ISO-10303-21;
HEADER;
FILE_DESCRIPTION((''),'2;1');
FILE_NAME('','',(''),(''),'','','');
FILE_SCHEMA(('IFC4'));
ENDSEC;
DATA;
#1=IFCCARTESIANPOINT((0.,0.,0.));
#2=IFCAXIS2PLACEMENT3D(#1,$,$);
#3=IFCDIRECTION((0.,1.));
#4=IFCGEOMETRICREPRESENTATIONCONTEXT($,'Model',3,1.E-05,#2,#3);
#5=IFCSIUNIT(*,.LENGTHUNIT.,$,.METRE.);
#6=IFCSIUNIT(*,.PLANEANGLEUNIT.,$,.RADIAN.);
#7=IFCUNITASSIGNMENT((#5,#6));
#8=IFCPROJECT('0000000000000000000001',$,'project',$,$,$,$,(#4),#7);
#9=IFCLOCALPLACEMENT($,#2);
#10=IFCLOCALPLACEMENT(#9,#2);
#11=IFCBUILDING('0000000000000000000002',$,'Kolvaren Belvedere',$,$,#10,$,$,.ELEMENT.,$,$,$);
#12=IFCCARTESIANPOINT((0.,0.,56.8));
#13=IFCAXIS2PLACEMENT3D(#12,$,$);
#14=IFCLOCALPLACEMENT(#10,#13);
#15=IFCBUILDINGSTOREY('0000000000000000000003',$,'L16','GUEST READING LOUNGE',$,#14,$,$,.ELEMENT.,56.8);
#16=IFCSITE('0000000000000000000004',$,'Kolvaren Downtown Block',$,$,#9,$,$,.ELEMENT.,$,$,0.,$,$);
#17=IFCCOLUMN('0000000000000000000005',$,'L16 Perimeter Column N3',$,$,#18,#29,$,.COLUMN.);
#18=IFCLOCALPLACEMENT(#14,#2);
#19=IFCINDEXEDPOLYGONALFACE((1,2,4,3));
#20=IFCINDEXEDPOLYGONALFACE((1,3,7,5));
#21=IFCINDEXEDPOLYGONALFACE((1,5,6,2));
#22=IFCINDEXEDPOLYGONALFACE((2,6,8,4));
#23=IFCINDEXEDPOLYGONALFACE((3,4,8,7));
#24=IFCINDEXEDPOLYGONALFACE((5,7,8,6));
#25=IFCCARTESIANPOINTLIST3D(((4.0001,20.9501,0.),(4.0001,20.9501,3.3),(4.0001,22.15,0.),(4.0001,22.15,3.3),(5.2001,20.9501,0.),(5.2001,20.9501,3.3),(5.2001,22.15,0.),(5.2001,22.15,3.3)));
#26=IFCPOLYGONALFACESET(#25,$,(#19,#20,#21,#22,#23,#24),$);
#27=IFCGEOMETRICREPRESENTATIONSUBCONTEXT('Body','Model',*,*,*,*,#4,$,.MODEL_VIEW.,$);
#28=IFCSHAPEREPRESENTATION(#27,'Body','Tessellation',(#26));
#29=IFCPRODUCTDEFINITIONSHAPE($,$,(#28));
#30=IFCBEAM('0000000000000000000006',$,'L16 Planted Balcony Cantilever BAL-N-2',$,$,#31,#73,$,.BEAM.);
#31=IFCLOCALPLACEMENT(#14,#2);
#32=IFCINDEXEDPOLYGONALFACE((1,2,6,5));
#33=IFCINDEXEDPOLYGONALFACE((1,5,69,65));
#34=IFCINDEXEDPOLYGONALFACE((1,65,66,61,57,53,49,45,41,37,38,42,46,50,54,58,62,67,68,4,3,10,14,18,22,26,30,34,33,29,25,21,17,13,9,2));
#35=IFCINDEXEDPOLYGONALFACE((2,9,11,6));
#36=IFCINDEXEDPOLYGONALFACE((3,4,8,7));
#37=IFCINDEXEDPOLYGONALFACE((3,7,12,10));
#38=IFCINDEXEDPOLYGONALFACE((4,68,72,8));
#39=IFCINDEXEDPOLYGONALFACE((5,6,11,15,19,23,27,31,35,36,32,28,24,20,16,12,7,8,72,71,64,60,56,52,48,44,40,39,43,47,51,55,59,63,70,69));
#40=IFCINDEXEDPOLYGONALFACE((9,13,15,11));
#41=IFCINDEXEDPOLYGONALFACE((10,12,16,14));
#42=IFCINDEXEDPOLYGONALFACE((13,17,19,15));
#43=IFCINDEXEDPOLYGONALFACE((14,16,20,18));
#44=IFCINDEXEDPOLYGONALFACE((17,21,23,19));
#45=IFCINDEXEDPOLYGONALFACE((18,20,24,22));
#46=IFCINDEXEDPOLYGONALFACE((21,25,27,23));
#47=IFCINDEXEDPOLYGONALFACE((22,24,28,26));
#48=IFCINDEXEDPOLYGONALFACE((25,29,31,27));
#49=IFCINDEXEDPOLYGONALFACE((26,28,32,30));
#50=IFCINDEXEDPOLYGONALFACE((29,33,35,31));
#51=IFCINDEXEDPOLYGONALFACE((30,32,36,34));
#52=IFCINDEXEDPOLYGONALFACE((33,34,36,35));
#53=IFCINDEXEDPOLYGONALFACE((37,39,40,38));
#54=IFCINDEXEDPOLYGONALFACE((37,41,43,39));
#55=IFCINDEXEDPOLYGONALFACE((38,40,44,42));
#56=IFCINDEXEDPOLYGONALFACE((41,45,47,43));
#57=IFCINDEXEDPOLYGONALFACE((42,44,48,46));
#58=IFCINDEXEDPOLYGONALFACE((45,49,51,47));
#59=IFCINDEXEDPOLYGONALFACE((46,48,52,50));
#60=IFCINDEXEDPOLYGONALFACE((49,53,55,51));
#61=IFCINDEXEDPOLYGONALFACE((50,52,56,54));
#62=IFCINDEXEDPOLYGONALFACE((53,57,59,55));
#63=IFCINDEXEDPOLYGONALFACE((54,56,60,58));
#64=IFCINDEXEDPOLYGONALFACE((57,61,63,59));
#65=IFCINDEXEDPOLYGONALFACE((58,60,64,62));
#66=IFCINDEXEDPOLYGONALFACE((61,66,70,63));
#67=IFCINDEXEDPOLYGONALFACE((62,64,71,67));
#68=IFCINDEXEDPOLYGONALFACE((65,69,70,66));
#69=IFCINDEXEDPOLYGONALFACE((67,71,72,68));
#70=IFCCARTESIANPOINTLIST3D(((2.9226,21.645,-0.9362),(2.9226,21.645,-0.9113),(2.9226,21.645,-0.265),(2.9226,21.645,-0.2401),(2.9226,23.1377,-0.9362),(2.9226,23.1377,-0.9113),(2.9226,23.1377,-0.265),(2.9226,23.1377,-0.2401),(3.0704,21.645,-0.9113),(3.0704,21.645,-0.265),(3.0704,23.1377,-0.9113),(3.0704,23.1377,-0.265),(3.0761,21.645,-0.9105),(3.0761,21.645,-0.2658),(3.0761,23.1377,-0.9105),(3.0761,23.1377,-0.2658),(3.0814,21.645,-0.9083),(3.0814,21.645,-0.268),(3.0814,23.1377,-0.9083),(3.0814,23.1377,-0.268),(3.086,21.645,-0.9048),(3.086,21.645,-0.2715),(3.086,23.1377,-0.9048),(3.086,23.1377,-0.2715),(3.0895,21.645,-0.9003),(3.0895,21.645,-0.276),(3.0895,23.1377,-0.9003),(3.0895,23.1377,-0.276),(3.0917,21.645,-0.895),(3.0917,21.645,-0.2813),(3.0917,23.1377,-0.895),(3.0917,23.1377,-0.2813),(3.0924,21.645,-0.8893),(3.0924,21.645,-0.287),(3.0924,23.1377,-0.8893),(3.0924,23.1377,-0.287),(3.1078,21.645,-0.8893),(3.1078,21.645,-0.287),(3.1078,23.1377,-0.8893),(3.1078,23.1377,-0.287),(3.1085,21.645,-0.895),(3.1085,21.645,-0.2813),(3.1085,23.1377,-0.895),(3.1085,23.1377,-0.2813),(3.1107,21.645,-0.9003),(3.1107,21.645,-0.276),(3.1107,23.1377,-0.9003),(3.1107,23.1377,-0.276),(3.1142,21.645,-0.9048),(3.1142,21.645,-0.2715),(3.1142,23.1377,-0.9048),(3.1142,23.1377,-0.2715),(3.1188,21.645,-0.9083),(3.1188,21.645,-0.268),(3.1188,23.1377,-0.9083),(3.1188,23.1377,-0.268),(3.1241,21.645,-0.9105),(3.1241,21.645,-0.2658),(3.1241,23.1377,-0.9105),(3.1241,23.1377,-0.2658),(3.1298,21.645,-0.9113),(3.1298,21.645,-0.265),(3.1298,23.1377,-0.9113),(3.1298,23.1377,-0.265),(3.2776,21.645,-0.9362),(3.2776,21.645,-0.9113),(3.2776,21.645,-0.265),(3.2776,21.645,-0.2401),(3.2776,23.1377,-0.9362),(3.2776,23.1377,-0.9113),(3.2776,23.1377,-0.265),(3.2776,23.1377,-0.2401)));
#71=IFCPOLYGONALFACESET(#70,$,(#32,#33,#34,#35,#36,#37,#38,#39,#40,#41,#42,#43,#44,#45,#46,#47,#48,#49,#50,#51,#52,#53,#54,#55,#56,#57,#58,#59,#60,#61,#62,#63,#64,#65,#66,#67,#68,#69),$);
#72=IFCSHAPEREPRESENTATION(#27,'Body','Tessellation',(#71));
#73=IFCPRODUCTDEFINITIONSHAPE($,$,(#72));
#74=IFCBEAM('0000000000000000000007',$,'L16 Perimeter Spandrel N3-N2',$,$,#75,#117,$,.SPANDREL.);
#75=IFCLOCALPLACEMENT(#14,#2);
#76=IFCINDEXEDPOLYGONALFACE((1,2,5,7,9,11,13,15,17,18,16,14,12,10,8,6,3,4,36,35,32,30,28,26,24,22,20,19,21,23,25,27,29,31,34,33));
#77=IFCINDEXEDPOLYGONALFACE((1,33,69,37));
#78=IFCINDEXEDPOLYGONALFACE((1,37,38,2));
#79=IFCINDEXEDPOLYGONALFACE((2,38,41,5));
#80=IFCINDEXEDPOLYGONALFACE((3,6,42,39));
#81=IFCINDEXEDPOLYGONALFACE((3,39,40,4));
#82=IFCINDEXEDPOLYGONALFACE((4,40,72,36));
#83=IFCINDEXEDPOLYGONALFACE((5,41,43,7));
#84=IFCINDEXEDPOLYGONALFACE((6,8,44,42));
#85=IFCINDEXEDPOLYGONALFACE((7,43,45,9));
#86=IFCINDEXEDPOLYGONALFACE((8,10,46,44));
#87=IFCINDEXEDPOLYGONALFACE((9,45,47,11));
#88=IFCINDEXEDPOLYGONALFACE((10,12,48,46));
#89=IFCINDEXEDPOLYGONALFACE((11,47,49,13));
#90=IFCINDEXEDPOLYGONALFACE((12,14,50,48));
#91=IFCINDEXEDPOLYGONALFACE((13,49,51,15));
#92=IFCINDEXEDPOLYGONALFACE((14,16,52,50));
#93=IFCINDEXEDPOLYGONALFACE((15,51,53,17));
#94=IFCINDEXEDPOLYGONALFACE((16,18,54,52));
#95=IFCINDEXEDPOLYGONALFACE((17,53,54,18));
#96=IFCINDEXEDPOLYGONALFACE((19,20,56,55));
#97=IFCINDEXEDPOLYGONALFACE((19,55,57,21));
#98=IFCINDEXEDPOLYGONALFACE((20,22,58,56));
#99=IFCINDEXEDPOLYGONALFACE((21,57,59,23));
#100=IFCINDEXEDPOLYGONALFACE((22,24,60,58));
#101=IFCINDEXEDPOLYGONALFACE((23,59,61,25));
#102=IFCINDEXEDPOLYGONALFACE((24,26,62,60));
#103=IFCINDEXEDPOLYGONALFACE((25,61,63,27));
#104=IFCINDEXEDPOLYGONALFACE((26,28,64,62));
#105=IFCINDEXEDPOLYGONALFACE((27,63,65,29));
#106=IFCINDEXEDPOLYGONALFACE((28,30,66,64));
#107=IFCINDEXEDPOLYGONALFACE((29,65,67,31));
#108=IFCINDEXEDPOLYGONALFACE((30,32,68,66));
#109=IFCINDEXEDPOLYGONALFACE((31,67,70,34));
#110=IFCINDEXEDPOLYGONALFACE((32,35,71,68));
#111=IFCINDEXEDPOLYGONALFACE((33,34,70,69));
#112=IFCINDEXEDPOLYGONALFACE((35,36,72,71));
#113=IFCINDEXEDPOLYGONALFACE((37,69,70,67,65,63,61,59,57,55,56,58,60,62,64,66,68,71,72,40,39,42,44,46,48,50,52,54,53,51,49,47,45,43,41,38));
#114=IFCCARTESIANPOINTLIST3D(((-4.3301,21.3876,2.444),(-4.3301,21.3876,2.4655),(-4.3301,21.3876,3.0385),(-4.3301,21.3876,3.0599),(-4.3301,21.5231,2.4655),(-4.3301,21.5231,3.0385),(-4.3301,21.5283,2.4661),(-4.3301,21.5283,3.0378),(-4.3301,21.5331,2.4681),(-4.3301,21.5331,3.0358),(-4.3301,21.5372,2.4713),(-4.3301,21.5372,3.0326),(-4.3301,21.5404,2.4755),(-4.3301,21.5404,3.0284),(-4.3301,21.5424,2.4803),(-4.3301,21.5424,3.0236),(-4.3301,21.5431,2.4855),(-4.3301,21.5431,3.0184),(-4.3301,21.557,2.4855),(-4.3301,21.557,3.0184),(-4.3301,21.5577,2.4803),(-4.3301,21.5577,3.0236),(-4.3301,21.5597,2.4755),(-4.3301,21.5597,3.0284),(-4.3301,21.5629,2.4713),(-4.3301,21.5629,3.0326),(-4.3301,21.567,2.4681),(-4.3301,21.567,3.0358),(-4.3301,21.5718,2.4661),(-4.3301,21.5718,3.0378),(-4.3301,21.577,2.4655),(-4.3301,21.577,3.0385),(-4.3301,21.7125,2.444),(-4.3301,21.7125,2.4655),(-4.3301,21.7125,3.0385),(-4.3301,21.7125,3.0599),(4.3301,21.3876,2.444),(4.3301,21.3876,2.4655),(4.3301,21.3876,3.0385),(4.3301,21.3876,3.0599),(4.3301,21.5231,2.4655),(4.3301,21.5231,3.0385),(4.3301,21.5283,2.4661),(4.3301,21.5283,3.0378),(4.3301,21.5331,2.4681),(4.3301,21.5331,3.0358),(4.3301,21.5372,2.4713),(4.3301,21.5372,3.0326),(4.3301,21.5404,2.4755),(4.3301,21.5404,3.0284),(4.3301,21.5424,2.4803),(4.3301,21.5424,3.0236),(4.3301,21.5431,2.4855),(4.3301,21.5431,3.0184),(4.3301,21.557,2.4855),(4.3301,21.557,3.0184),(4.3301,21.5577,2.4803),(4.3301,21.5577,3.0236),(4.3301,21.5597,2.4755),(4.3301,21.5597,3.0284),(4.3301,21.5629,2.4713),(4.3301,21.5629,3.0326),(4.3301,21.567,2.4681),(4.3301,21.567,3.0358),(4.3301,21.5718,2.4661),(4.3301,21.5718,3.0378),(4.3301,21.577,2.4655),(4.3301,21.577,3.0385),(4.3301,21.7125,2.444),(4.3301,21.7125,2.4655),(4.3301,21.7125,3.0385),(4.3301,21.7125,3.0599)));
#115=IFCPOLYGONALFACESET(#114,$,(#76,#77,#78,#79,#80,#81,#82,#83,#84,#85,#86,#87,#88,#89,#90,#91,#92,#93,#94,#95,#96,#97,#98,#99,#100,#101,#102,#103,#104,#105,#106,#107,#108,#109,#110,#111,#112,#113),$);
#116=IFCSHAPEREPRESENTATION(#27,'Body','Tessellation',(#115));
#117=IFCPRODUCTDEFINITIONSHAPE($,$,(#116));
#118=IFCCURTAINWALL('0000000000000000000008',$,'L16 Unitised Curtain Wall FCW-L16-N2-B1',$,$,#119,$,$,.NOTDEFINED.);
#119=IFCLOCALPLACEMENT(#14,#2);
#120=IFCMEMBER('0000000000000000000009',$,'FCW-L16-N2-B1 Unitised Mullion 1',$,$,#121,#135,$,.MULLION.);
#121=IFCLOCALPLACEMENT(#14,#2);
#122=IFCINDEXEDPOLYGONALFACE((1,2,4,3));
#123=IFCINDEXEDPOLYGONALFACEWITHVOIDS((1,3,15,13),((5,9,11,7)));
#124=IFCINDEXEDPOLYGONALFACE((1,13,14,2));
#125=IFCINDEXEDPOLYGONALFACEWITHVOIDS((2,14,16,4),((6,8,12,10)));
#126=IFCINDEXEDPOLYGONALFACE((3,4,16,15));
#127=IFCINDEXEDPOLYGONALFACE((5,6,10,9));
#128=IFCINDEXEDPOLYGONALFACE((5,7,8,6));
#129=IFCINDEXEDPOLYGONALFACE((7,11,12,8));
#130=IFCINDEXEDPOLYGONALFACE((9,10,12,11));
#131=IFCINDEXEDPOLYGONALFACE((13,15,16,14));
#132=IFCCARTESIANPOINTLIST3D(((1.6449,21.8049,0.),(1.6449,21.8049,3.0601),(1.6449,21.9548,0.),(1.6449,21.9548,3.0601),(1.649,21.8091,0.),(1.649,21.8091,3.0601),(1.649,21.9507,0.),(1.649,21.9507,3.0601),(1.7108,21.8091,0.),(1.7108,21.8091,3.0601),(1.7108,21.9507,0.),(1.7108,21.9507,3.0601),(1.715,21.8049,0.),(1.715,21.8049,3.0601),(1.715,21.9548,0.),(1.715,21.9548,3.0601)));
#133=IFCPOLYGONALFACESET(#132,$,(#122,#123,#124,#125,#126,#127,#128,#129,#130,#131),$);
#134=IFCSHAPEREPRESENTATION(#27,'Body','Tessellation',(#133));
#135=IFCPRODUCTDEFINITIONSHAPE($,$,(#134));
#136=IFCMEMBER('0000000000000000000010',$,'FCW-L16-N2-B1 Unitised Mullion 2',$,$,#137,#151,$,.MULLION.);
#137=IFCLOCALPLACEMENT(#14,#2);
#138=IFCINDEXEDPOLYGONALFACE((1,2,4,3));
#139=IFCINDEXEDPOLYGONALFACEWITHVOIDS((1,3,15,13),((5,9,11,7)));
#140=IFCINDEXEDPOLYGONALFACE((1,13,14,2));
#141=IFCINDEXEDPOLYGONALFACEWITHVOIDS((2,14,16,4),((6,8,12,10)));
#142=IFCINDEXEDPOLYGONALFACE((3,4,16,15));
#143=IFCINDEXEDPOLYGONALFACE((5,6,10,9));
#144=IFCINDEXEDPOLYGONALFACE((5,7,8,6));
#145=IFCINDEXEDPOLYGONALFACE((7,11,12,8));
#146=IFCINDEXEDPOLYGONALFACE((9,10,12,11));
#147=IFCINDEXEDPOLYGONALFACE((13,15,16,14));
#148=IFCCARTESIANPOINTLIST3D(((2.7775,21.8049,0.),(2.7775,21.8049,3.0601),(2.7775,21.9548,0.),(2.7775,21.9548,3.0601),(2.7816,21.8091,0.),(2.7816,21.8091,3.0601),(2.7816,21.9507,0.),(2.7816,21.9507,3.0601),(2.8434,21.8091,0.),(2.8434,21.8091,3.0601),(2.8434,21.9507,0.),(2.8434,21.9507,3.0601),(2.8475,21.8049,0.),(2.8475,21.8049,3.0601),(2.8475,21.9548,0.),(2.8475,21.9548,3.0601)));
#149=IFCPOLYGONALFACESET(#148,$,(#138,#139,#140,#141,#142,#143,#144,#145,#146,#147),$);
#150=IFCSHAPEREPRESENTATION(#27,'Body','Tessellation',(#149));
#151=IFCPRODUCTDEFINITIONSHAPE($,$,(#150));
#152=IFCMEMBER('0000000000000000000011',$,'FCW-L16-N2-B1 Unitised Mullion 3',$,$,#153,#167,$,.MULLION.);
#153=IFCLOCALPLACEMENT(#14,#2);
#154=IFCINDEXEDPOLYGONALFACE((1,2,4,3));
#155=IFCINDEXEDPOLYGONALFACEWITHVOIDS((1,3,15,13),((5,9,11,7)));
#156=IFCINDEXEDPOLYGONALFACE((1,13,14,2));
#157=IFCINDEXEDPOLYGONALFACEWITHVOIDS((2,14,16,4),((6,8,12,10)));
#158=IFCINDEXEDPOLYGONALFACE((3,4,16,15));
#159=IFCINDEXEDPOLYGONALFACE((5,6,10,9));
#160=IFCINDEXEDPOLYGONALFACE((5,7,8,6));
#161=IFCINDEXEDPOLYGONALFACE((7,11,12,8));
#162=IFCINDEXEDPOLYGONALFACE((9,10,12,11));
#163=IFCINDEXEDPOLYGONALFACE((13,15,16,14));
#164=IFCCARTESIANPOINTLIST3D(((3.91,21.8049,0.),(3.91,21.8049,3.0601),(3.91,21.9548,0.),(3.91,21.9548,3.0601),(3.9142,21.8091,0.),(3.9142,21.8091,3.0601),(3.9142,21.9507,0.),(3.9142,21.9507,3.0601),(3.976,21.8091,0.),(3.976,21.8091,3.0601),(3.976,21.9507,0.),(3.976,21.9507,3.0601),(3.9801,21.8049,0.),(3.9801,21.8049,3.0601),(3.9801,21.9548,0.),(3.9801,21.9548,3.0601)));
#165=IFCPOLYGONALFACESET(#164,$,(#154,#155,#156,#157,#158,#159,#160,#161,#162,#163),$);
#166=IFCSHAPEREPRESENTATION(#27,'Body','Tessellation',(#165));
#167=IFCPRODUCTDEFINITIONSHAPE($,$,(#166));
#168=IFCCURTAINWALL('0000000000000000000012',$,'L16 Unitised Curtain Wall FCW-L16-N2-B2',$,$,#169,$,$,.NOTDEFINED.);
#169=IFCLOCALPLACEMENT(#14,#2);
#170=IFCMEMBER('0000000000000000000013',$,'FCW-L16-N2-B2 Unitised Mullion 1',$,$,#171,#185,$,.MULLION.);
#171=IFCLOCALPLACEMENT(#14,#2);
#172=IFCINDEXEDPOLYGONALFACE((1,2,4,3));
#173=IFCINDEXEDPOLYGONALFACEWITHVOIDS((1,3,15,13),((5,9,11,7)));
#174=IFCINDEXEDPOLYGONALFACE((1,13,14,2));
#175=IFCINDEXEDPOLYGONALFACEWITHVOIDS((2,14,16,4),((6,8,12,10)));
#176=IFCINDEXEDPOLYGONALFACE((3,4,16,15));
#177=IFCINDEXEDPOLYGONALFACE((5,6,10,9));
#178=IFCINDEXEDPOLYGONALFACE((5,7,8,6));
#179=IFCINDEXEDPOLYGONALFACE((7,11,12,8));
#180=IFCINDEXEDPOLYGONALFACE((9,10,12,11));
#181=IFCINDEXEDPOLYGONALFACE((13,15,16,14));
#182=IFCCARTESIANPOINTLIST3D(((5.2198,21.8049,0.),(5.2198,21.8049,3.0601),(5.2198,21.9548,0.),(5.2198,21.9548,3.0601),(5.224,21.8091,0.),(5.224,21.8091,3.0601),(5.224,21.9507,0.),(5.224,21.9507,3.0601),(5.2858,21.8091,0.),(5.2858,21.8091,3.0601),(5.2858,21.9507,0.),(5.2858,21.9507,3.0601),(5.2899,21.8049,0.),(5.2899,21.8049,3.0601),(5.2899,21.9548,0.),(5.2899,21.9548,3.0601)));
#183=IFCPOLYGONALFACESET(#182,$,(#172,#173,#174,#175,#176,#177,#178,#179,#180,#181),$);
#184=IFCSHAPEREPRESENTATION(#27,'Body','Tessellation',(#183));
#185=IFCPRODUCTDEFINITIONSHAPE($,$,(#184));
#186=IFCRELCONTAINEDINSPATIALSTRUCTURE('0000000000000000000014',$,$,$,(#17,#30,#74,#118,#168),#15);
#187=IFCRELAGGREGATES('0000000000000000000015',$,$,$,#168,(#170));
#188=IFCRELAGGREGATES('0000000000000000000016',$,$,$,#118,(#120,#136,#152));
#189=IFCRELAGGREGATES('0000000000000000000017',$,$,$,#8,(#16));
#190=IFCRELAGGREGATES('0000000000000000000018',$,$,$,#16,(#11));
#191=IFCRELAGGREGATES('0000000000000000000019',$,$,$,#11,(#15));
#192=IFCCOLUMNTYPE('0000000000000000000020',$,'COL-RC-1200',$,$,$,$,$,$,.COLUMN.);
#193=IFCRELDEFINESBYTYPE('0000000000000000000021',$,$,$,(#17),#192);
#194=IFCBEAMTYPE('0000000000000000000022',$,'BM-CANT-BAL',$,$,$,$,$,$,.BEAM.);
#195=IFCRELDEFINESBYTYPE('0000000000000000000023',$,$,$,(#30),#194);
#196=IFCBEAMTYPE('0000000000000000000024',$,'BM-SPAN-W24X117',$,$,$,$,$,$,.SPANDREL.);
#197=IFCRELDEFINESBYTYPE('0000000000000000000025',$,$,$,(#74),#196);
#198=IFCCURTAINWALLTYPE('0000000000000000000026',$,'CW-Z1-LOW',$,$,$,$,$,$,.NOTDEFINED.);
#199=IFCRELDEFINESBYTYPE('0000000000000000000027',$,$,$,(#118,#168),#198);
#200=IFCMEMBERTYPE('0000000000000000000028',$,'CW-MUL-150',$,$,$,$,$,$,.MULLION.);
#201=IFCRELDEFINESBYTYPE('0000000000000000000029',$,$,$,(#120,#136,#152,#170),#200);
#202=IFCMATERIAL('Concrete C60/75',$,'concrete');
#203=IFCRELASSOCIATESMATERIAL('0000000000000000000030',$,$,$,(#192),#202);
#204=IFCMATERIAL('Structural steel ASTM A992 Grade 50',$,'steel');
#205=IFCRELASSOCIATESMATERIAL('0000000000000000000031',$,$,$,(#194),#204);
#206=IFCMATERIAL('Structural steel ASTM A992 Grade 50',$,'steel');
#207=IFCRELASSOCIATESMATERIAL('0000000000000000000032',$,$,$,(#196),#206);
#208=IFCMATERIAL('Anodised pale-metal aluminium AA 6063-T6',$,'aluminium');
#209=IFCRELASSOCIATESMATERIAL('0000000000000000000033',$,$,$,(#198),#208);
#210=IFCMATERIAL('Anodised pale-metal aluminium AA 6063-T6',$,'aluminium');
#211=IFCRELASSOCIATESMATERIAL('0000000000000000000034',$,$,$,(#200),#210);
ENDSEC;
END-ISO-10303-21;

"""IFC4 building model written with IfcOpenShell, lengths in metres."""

from ifc_helpers import new_model, si_unit, direction, frame, origin, origin_2d, place, context, subcontext, project, spatial, rectangle, hollow_rectangle, i_section, extrude, material, material_profile, profile_set, type_object, element, aggregate, save


model = new_model("IFC4")

# Units and contexts
model_context = context("Model", 3, precision=1e-05, world=origin(), true_north=direction((0.0, 1.0)))
body_context = subcontext(model_context, "Body", "Model", "MODEL_VIEW")
ifc_project = project(units=[si_unit("LENGTHUNIT", "METRE"), si_unit("PLANEANGLEUNIT", "RADIAN")], contexts=[model_context])

# Site, building, storey
site_placement = place(None, origin())
site = spatial("IfcSite", under=ifc_project, at=site_placement, Name="Kolvaren Downtown Block", CompositionType="ELEMENT", RefElevation=0.0)
building_placement = place(site_placement, origin())
building = spatial("IfcBuilding", under=site, at=building_placement, Name="Kolvaren Belvedere", CompositionType="ELEMENT")
storey_placement = place(building_placement, frame((0.0, 0.0, 56.8)))
storey = spatial("IfcBuildingStorey", under=building, at=storey_placement, Name="L16", Description="GUEST READING LOUNGE", CompositionType="ELEMENT", Elevation=56.8)

# Column
ifc_material_1 = material(Name="Concrete C60/75", Category="concrete")
ifc_material_profile_1 = material_profile(ifc_material_1, rectangle(XDim=1.2, YDim=1.2, at=origin_2d()), Name="RC 1200X1200")
ifc_profile_set_1 = profile_set([ifc_material_profile_1], Name="Concrete C60/75")
column_type = type_object("IfcColumnType", Name="COL-RC-1200", PredefinedType="COLUMN", material=ifc_profile_set_1)
column_placement = place(storey_placement, frame((4.6001, 21.55, 0.0), z_axis=(0.0, 0.0, 1.0), x_axis=(1.0, 0.0, 0.0)))
element("IfcColumn", 1, at=column_placement, inside=storey, type_object=column_type, Name="L16 Perimeter Column N3", PredefinedType="COLUMN", context=body_context, shape_type="SweptSolid", body=[
    extrude(rectangle(XDim=1.2, YDim=1.2, at=origin_2d()), origin(), (0.0, 0.0, 1.0), 3.3),
])

# Beams
ifc_material_2 = material(Name="Structural steel ASTM A992 Grade 50", Category="steel")
ifc_material_profile_2 = material_profile(ifc_material_2, i_section(OverallWidth=0.355, OverallDepth=0.696, WebThickness=0.0154, FlangeThickness=0.0249, FilletRadius=0.022, at=origin_2d()), Name="W27X146")
ifc_profile_set_2 = profile_set([ifc_material_profile_2], Name="Structural steel ASTM A992 Grade 50")
beam_type_1 = type_object("IfcBeamType", Name="BM-CANT-BAL", PredefinedType="BEAM", material=ifc_profile_set_2)
beam_1_placement = place(storey_placement, frame((3.1001, 21.645, -0.5881), z_axis=(0.0, 1.0, 0.0), x_axis=(-1.0, 0.0, 0.0)))
element("IfcBeam", 2, at=beam_1_placement, inside=storey, type_object=beam_type_1, Name="L16 Planted Balcony Cantilever BAL-N-2", PredefinedType="BEAM", context=body_context, shape_type="SweptSolid", body=[
    extrude(i_section(OverallWidth=0.355, OverallDepth=0.696, WebThickness=0.0154, FlangeThickness=0.0249, FilletRadius=0.022, at=origin_2d()), origin(), (0.0, 0.0, 1.0), 1.4927),
])
ifc_material_3 = material(Name="Structural steel ASTM A992 Grade 50", Category="steel")
ifc_material_profile_3 = material_profile(ifc_material_3, i_section(OverallWidth=0.325, OverallDepth=0.616, WebThickness=0.0139, FlangeThickness=0.0215, FilletRadius=0.02, at=origin_2d()), Name="W24X117")
ifc_profile_set_3 = profile_set([ifc_material_profile_3], Name="Structural steel ASTM A992 Grade 50")
beam_type_2 = type_object("IfcBeamType", Name="BM-SPAN-W24X117", PredefinedType="SPANDREL", material=ifc_profile_set_3)
beam_2_placement = place(storey_placement, frame((4.3301, 21.55, 2.752), z_axis=(-1.0, 0.0, 0.0), x_axis=(0.0, -1.0, 0.0)))
element("IfcBeam", 3, at=beam_2_placement, inside=storey, type_object=beam_type_2, Name="L16 Perimeter Spandrel N3-N2", PredefinedType="SPANDREL", context=body_context, shape_type="SweptSolid", body=[
    extrude(i_section(OverallWidth=0.325, OverallDepth=0.616, WebThickness=0.0139, FlangeThickness=0.0215, FilletRadius=0.02, at=origin_2d()), origin(), (0.0, 0.0, 1.0), 8.6602),
])

# Curtain wall, members
ifc_material_4 = material(Name="Anodised pale-metal aluminium AA 6063-T6", Category="aluminium")
curtain_wall_type = type_object("IfcCurtainWallType", Name="CW-Z1-LOW", PredefinedType="NOTDEFINED", material=ifc_material_4)
curtain_wall_1_placement = place(storey_placement, origin())
curtain_wall_1 = element("IfcCurtainWall", 4, at=curtain_wall_1_placement, inside=storey, type_object=curtain_wall_type, Name="L16 Unitised Curtain Wall FCW-L16-N2-B1", PredefinedType="NOTDEFINED")
ifc_material_5 = material(Name="Anodised pale-metal aluminium AA 6063-T6", Category="aluminium")
ifc_material_profile_4 = material_profile(ifc_material_5, hollow_rectangle(XDim=0.0701, YDim=0.1499, WallThickness=0.0042, at=origin_2d()), Name="ALU-MUL-150X70")
ifc_profile_set_4 = profile_set([ifc_material_profile_4], Name="Anodised pale-metal aluminium AA 6063-T6")
member_type_1 = type_object("IfcMemberType", Name="CW-MUL-150", PredefinedType="MULLION", material=ifc_profile_set_4)
member_1_placement = place(storey_placement, frame((1.6799, 21.8799, 0.0), z_axis=(0.0, 0.0, 1.0), x_axis=(1.0, 0.0, 0.0)))
member_1 = element("IfcMember", 5, at=member_1_placement, type_object=member_type_1, Name="FCW-L16-N2-B1 Unitised Mullion 1", PredefinedType="MULLION", context=body_context, shape_type="SweptSolid", body=[
    extrude(hollow_rectangle(XDim=0.0701, YDim=0.1499, WallThickness=0.0042, at=origin_2d()), origin(), (0.0, 0.0, 1.0), 3.0601),
])
member_2_placement = place(storey_placement, frame((2.8125, 21.8799, 0.0), z_axis=(0.0, 0.0, 1.0), x_axis=(1.0, 0.0, 0.0)))
member_2 = element("IfcMember", 6, at=member_2_placement, type_object=member_type_1, Name="FCW-L16-N2-B1 Unitised Mullion 2", PredefinedType="MULLION", context=body_context, shape_type="SweptSolid", body=[
    extrude(hollow_rectangle(XDim=0.0701, YDim=0.1499, WallThickness=0.0042, at=origin_2d()), origin(), (0.0, 0.0, 1.0), 3.0601),
])
member_3_placement = place(storey_placement, frame((3.9451, 21.8799, 0.0), z_axis=(0.0, 0.0, 1.0), x_axis=(1.0, 0.0, 0.0)))
member_3 = element("IfcMember", 7, at=member_3_placement, type_object=member_type_1, Name="FCW-L16-N2-B1 Unitised Mullion 3", PredefinedType="MULLION", context=body_context, shape_type="SweptSolid", body=[
    extrude(hollow_rectangle(XDim=0.0701, YDim=0.1499, WallThickness=0.0042, at=origin_2d()), origin(), (0.0, 0.0, 1.0), 3.0601),
])

# Curtain wall, member
curtain_wall_2_placement = place(storey_placement, origin())
curtain_wall_2 = element("IfcCurtainWall", 8, at=curtain_wall_2_placement, inside=storey, type_object=curtain_wall_type, Name="L16 Unitised Curtain Wall FCW-L16-N2-B2", PredefinedType="NOTDEFINED")
member_4_placement = place(storey_placement, frame((5.2549, 21.8799, 0.0), z_axis=(0.0, 0.0, 1.0), x_axis=(1.0, 0.0, 0.0)))
member_4 = element("IfcMember", 9, at=member_4_placement, type_object=member_type_1, Name="FCW-L16-N2-B2 Unitised Mullion 1", PredefinedType="MULLION", context=body_context, shape_type="SweptSolid", body=[
    extrude(hollow_rectangle(XDim=0.0701, YDim=0.1499, WallThickness=0.0042, at=origin_2d()), origin(), (0.0, 0.0, 1.0), 3.0601),
])

aggregate(curtain_wall_2, [member_4])

aggregate(curtain_wall_1, [member_1, member_2, member_3])

save(model, "model.ifc")
